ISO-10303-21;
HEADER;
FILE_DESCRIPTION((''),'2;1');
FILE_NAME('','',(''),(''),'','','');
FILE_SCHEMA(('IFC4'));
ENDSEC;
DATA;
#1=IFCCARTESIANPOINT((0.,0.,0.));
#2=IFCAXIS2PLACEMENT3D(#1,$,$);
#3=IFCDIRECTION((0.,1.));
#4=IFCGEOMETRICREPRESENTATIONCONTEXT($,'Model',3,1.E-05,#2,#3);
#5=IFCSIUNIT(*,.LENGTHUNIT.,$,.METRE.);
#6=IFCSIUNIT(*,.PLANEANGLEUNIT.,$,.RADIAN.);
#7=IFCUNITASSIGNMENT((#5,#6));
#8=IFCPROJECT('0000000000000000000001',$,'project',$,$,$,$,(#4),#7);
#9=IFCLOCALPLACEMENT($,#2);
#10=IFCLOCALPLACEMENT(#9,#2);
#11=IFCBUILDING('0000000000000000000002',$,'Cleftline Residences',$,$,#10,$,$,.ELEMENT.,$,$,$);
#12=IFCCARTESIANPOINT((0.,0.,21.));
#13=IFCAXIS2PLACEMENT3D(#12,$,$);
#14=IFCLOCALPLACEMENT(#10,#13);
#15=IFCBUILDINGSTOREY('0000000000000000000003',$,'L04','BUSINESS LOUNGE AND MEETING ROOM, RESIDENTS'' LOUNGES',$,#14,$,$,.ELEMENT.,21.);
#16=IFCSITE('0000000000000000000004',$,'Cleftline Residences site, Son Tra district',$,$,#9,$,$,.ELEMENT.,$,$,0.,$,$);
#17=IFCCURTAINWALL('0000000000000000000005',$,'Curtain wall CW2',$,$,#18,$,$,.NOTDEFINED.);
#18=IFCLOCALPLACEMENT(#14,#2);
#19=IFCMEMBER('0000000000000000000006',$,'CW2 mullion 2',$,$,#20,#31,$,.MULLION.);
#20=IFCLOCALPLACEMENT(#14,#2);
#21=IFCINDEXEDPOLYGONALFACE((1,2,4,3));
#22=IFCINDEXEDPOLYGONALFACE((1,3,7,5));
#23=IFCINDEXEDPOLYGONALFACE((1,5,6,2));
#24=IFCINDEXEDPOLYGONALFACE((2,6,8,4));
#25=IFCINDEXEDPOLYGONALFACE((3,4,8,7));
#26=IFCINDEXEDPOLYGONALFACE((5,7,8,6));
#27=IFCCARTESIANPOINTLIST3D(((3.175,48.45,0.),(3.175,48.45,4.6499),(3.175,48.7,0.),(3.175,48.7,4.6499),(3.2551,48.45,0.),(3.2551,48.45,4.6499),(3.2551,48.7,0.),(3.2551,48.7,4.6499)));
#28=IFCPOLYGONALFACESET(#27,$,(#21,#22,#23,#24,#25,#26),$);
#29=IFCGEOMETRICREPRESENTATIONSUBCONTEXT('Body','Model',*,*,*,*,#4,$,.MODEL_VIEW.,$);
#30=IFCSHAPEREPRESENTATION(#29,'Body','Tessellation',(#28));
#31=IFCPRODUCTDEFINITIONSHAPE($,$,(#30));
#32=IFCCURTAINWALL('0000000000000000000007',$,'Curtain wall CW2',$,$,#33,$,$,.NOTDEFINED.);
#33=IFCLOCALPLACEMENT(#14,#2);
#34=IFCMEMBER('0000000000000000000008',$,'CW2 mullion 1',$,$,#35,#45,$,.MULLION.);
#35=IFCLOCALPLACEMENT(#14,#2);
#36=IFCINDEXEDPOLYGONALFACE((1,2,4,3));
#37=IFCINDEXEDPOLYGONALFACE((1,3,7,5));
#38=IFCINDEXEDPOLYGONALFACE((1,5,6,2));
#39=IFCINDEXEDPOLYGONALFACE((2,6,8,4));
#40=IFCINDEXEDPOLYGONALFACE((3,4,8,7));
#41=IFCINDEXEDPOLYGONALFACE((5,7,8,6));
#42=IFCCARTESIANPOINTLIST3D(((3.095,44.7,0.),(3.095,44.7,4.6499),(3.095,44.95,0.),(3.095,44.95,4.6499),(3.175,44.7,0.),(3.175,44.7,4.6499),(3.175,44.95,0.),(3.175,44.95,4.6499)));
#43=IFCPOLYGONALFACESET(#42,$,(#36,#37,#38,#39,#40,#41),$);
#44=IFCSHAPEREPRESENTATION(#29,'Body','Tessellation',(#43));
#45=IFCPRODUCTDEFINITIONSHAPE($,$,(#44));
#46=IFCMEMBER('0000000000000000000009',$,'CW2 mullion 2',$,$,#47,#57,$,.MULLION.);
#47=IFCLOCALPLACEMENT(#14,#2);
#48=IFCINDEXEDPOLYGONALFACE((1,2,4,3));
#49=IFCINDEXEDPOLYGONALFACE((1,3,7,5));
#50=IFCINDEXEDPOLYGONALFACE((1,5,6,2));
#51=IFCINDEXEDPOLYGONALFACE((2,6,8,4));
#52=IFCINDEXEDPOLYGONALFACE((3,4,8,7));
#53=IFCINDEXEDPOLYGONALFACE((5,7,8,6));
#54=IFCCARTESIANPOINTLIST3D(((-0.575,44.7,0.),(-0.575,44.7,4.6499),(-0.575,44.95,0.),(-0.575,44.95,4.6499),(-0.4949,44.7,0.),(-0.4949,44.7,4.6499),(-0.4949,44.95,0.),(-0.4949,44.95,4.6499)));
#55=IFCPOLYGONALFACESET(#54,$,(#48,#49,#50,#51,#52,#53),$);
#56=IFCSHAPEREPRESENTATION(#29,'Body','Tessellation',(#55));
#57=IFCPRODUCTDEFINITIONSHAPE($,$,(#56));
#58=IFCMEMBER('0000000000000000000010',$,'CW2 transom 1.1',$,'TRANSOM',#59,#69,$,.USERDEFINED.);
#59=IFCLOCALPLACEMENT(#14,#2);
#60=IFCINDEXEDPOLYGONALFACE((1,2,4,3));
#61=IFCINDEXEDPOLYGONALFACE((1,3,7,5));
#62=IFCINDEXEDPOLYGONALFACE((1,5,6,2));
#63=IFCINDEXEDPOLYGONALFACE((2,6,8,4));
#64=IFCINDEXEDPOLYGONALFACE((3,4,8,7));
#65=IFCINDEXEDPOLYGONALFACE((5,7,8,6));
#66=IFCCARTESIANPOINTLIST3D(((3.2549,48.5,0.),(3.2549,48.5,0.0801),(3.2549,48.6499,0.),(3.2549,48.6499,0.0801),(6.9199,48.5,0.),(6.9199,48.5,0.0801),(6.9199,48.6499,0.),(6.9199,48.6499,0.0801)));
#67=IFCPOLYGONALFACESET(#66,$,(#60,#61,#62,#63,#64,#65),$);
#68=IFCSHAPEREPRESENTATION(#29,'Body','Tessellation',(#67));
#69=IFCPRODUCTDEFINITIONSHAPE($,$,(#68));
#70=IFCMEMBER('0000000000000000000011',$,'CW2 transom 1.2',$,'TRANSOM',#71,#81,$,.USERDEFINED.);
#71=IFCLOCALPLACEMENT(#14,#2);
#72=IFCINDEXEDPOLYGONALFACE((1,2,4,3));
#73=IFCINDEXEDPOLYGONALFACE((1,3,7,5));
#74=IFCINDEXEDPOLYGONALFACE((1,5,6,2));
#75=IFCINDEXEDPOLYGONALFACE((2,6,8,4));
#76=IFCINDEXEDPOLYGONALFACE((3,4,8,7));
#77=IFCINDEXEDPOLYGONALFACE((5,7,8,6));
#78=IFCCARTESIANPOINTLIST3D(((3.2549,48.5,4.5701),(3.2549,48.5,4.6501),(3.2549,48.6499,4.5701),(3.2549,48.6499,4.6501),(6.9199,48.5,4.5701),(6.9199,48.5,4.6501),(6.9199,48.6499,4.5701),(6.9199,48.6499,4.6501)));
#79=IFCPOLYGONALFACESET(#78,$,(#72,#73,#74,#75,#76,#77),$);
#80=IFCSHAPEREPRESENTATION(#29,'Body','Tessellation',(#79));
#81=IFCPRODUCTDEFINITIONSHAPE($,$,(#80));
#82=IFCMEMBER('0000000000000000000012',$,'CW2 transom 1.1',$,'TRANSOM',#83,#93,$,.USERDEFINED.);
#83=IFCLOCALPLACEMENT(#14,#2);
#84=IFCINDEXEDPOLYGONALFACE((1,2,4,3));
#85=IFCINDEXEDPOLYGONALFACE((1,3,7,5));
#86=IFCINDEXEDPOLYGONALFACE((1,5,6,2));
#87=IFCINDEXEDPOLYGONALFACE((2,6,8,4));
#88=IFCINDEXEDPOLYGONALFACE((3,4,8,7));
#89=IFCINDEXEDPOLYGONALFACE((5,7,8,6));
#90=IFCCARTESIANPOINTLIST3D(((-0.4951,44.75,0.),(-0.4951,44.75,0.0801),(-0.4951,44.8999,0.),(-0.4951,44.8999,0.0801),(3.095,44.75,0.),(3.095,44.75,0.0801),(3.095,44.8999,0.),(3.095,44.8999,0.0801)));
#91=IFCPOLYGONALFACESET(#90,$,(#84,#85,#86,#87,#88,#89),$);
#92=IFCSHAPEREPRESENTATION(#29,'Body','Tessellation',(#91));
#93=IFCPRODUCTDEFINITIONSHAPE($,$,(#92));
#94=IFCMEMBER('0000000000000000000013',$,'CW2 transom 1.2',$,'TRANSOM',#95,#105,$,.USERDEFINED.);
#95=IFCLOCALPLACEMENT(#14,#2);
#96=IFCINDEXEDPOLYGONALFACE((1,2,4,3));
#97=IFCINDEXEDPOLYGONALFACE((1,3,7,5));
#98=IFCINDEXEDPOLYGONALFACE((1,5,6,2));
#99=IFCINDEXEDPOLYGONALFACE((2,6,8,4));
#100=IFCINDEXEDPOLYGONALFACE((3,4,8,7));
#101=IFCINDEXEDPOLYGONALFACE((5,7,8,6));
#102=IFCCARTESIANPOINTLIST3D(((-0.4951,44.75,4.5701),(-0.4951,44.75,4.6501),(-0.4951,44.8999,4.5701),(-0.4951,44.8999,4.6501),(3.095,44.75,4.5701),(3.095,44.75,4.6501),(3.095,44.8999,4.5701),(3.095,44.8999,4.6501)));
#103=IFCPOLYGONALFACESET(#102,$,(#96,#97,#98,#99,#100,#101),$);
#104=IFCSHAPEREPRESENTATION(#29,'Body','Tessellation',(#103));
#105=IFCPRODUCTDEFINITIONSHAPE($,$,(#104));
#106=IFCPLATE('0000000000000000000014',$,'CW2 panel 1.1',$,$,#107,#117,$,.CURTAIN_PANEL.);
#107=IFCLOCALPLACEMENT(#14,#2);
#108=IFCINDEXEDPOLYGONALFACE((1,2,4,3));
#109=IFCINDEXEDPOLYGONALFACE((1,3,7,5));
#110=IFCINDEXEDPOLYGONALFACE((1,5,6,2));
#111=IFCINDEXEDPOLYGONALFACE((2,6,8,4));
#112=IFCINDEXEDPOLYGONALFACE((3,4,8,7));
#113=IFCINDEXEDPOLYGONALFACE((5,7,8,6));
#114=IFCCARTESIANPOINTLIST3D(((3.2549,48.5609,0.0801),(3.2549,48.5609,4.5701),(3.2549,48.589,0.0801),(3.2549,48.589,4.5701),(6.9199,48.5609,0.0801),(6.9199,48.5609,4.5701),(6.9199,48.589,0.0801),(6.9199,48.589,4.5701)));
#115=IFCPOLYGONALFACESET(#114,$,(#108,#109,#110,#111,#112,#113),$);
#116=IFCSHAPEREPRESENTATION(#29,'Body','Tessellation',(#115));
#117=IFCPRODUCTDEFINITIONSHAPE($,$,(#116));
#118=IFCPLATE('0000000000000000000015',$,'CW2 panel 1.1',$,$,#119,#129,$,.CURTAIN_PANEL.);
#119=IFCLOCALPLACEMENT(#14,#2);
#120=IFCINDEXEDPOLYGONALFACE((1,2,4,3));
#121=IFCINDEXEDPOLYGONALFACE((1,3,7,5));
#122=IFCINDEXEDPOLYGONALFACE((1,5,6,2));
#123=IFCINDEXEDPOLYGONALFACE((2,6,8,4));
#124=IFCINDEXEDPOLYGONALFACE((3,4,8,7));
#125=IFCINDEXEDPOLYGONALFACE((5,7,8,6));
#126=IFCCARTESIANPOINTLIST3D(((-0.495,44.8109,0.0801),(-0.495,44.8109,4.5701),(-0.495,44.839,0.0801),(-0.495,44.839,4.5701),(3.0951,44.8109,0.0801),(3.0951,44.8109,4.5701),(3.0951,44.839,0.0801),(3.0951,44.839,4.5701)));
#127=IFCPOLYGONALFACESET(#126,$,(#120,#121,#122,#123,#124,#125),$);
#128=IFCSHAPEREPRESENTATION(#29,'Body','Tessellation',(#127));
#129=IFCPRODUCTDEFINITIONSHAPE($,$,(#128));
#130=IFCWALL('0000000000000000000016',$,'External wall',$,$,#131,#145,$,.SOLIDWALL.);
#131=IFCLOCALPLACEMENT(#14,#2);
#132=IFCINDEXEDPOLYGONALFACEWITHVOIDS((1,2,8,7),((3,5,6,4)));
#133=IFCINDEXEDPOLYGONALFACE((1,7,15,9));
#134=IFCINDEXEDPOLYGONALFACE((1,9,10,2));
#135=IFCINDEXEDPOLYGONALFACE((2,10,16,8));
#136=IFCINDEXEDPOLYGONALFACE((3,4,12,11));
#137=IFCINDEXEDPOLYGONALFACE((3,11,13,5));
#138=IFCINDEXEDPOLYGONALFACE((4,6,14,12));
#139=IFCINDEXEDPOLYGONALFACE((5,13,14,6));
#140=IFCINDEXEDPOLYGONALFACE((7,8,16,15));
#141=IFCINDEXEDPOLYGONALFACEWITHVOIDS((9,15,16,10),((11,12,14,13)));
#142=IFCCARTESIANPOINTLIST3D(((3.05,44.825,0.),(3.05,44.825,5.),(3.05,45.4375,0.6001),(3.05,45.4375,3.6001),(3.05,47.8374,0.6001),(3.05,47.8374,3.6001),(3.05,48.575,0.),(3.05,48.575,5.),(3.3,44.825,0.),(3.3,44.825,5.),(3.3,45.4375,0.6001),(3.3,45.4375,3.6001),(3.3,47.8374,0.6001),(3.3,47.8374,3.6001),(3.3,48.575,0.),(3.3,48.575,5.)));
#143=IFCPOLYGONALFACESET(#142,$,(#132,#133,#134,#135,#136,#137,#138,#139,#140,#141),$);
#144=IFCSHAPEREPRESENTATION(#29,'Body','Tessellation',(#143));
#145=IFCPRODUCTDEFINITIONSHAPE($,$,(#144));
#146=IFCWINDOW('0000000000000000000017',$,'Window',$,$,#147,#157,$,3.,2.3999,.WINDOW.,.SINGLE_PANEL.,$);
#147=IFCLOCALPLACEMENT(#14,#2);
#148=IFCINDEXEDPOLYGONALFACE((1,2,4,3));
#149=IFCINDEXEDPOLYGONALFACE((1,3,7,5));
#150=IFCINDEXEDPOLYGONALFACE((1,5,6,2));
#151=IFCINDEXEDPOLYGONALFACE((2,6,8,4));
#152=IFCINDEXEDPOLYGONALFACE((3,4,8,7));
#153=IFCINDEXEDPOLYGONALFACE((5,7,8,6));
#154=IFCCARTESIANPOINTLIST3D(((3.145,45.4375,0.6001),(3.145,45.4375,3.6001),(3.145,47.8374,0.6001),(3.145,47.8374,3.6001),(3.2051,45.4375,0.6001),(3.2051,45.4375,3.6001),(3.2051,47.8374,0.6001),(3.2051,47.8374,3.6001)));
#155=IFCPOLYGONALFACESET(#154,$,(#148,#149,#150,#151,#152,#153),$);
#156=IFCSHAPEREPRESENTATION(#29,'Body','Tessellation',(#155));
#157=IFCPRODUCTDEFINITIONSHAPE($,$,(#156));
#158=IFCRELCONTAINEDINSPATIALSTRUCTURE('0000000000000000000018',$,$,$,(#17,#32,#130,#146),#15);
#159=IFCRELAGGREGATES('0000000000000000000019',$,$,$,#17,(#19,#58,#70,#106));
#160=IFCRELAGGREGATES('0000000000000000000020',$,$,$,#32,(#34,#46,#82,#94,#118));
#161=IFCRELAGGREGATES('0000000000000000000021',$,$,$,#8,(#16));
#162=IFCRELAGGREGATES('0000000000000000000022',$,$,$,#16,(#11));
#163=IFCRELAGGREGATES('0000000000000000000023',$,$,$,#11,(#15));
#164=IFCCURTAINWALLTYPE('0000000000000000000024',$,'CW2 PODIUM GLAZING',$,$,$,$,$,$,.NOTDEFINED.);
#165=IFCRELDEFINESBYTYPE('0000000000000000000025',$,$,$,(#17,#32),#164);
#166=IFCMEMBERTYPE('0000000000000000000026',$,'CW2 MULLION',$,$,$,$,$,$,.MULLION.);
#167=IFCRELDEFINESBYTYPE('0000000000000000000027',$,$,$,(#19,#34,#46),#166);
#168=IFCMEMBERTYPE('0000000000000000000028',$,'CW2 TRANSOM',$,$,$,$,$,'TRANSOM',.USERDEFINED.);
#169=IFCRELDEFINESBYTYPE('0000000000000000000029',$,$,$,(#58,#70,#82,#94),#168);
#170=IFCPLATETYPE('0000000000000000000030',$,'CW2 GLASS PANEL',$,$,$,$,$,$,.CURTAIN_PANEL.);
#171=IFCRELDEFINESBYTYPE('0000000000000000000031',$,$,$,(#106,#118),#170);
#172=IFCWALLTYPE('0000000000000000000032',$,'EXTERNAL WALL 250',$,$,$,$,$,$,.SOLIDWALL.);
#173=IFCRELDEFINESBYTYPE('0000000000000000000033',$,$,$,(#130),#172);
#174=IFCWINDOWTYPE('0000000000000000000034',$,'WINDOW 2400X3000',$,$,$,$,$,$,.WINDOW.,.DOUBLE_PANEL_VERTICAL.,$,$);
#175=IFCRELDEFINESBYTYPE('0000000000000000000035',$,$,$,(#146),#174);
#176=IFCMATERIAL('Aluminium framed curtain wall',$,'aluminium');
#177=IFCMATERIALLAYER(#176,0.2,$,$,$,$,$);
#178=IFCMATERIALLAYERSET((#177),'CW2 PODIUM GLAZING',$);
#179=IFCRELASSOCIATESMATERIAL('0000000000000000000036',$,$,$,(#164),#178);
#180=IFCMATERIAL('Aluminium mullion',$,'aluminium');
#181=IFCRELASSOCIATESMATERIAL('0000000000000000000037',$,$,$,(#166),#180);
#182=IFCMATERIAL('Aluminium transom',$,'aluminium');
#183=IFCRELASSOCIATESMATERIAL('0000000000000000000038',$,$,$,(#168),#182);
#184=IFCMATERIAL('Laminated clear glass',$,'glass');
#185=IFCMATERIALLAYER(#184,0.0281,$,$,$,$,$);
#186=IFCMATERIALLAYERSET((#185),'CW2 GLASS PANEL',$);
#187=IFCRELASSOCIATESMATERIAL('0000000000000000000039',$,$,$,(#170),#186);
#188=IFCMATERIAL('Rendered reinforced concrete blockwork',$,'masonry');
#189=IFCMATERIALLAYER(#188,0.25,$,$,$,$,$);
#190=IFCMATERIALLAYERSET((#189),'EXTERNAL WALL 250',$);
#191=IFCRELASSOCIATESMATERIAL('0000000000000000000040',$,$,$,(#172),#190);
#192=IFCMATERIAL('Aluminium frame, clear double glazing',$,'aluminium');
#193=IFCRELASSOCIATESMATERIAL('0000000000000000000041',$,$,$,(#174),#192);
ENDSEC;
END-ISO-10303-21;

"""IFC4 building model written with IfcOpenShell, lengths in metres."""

from ifc_helpers import new_model, si_unit, direction, frame, frame_2d, origin, origin_2d, place, context, subcontext, project, spatial, rectangle, extrude, material, layer, layer_set, material_profile, profile_set, type_object, element, fill, aggregate, save


model = new_model("IFC4")

# Units and contexts
model_context = context("Model", 3, precision=1e-05, world=origin(), true_north=direction((0.0, 1.0)))
body_context = subcontext(model_context, "Body", "Model", "MODEL_VIEW")
ifc_project = project(units=[si_unit("LENGTHUNIT", "METRE"), si_unit("PLANEANGLEUNIT", "RADIAN")], contexts=[model_context])

# Site, building, storey
site_placement = place(None, origin())
site = spatial("IfcSite", under=ifc_project, at=site_placement, Name="Cleftline Residences site, Son Tra district", CompositionType="ELEMENT", RefElevation=0.0)
building_placement = place(site_placement, origin())
building = spatial("IfcBuilding", under=site, at=building_placement, Name="Cleftline Residences", CompositionType="ELEMENT")
storey_placement = place(building_placement, frame((0.0, 0.0, 21.0)))
storey = spatial("IfcBuildingStorey", under=building, at=storey_placement, Name="L04", Description="BUSINESS LOUNGE AND MEETING ROOM, RESIDENTS' LOUNGES", CompositionType="ELEMENT", Elevation=21.0)

# Curtain wall, member
ifc_material_1 = material(Name="Aluminium framed curtain wall", Category="aluminium")
ifc_layer_1 = layer(ifc_material_1, 0.2)
ifc_layer_set_1 = layer_set([ifc_layer_1], Name="CW2 PODIUM GLAZING")
curtain_wall_type = type_object("IfcCurtainWallType", Name="CW2 PODIUM GLAZING", PredefinedType="NOTDEFINED", material=ifc_layer_set_1)
curtain_wall_1_placement = place(storey_placement, origin())
curtain_wall_1 = element("IfcCurtainWall", 1, at=curtain_wall_1_placement, inside=storey, type_object=curtain_wall_type, Name="Curtain wall CW2", PredefinedType="NOTDEFINED")
ifc_material_2 = material(Name="Aluminium mullion", Category="aluminium")
ifc_material_profile_1 = material_profile(ifc_material_2, rectangle(XDim=0.25, YDim=0.0801, at=origin_2d()))
ifc_profile_set_1 = profile_set([ifc_material_profile_1], Name="Aluminium mullion")
member_type_1 = type_object("IfcMemberType", Name="CW2 MULLION", PredefinedType="MULLION", material=ifc_profile_set_1)
member_1_placement = place(storey_placement, frame((3.2151, 48.575, 0.0), z_axis=(0.0, 0.0, 1.0), x_axis=(0.0, -1.0, 0.0)))
member_1 = element("IfcMember", 2, at=member_1_placement, type_object=member_type_1, Name="CW2 mullion 2", PredefinedType="MULLION", context=body_context, shape_type="SweptSolid", body=[
    extrude(rectangle(XDim=0.25, YDim=0.0801, at=origin_2d()), origin(), (0.0, 0.0, 1.0), 4.6499),
])

# Curtain wall, members
curtain_wall_2_placement = place(storey_placement, origin())
curtain_wall_2 = element("IfcCurtainWall", 3, at=curtain_wall_2_placement, inside=storey, type_object=curtain_wall_type, Name="Curtain wall CW2", PredefinedType="NOTDEFINED")
member_2_placement = place(storey_placement, frame((3.135, 44.825, 0.0), z_axis=(0.0, 0.0, 1.0), x_axis=(0.0, -1.0, 0.0)))
member_2 = element("IfcMember", 4, at=member_2_placement, type_object=member_type_1, Name="CW2 mullion 1", PredefinedType="MULLION", context=body_context, shape_type="SweptSolid", body=[
    extrude(rectangle(XDim=0.25, YDim=0.0801, at=origin_2d()), origin(), (0.0, 0.0, 1.0), 4.6499),
])
member_3_placement = place(storey_placement, frame((-0.5349, 44.825, 0.0), z_axis=(0.0, 0.0, 1.0), x_axis=(0.0, -1.0, 0.0)))
member_3 = element("IfcMember", 5, at=member_3_placement, type_object=member_type_1, Name="CW2 mullion 2", PredefinedType="MULLION", context=body_context, shape_type="SweptSolid", body=[
    extrude(rectangle(XDim=0.25, YDim=0.0801, at=origin_2d()), origin(), (0.0, 0.0, 1.0), 4.6499),
])

# Members
ifc_material_3 = material(Name="Aluminium transom", Category="aluminium")
ifc_material_profile_2 = material_profile(ifc_material_3, rectangle(XDim=0.1499, YDim=0.0801, at=origin_2d()))
ifc_profile_set_2 = profile_set([ifc_material_profile_2], Name="Aluminium transom")
member_type_2 = type_object("IfcMemberType", Name="CW2 TRANSOM", ElementType="TRANSOM", PredefinedType="USERDEFINED", material=ifc_profile_set_2)
member_4_placement = place(storey_placement, frame((6.9199, 48.575, 0.04), z_axis=(-1.0, 0.0, 0.0), x_axis=(0.0, -1.0, 0.0)))
member_4 = element("IfcMember", 6, at=member_4_placement, type_object=member_type_2, Name="CW2 transom 1.1", ObjectType="TRANSOM", PredefinedType="USERDEFINED", context=body_context, shape_type="SweptSolid", body=[
    extrude(rectangle(XDim=0.1499, YDim=0.0801, at=origin_2d()), origin(), (0.0, 0.0, 1.0), 3.665),
])
member_5_placement = place(storey_placement, frame((6.9199, 48.575, 4.6101), z_axis=(-1.0, 0.0, 0.0), x_axis=(0.0, -1.0, 0.0)))
member_5 = element("IfcMember", 7, at=member_5_placement, type_object=member_type_2, Name="CW2 transom 1.2", ObjectType="TRANSOM", PredefinedType="USERDEFINED", context=body_context, shape_type="SweptSolid", body=[
    extrude(rectangle(XDim=0.1499, YDim=0.0801, at=origin_2d()), origin(), (0.0, 0.0, 1.0), 3.665),
])
member_6_placement = place(storey_placement, frame((3.095, 44.825, 0.04), z_axis=(-1.0, 0.0, 0.0), x_axis=(0.0, -1.0, 0.0)))
member_6 = element("IfcMember", 8, at=member_6_placement, type_object=member_type_2, Name="CW2 transom 1.1", ObjectType="TRANSOM", PredefinedType="USERDEFINED", context=body_context, shape_type="SweptSolid", body=[
    extrude(rectangle(XDim=0.1499, YDim=0.0801, at=origin_2d()), origin(), (0.0, 0.0, 1.0), 3.5901),
])
member_7_placement = place(storey_placement, frame((3.095, 44.825, 4.6101), z_axis=(-1.0, 0.0, 0.0), x_axis=(0.0, -1.0, 0.0)))
member_7 = element("IfcMember", 9, at=member_7_placement, type_object=member_type_2, Name="CW2 transom 1.2", ObjectType="TRANSOM", PredefinedType="USERDEFINED", context=body_context, shape_type="SweptSolid", body=[
    extrude(rectangle(XDim=0.1499, YDim=0.0801, at=origin_2d()), origin(), (0.0, 0.0, 1.0), 3.5901),
])

# Plates
ifc_material_4 = material(Name="Laminated clear glass", Category="glass")
ifc_layer_2 = layer(ifc_material_4, 0.0281)
ifc_layer_set_2 = layer_set([ifc_layer_2], Name="CW2 GLASS PANEL")
plate_type = type_object("IfcPlateType", Name="CW2 GLASS PANEL", PredefinedType="CURTAIN_PANEL", material=ifc_layer_set_2)
plate_1_placement = place(storey_placement, frame((5.0874, 48.575, 0.0801), z_axis=(0.0, 0.0, 1.0), x_axis=(-1.0, 0.0, 0.0)))
plate_1 = element("IfcPlate", 10, at=plate_1_placement, type_object=plate_type, Name="CW2 panel 1.1", PredefinedType="CURTAIN_PANEL", context=body_context, shape_type="SweptSolid", body=[
    extrude(rectangle(XDim=3.665, YDim=0.0281, at=origin_2d()), origin(), (0.0, 0.0, 1.0), 4.49),
])
aggregate(curtain_wall_1, [member_1, member_4, member_5, plate_1])
plate_2_placement = place(storey_placement, frame((1.3, 44.825, 0.0801), z_axis=(0.0, 0.0, 1.0), x_axis=(-1.0, 0.0, 0.0)))
plate_2 = element("IfcPlate", 11, at=plate_2_placement, type_object=plate_type, Name="CW2 panel 1.1", PredefinedType="CURTAIN_PANEL", context=body_context, shape_type="SweptSolid", body=[
    extrude(rectangle(XDim=3.5901, YDim=0.0281, at=origin_2d()), origin(), (0.0, 0.0, 1.0), 4.49),
])
aggregate(curtain_wall_2, [member_2, member_3, member_6, member_7, plate_2])

# Wall, opening, window
ifc_material_5 = material(Name="Rendered reinforced concrete blockwork", Category="masonry")
ifc_layer_3 = layer(ifc_material_5, 0.25)
ifc_layer_set_3 = layer_set([ifc_layer_3], Name="EXTERNAL WALL 250")
wall_type = type_object("IfcWallType", Name="EXTERNAL WALL 250", PredefinedType="SOLIDWALL", material=ifc_layer_set_3)
wall_1_placement = place(storey_placement, frame((3.175, 48.575, 0.0), z_axis=(0.0, 0.0, 1.0), x_axis=(0.0, -1.0, 0.0)))
wall_1 = element("IfcWall", 12, at=wall_1_placement, inside=storey, type_object=wall_type, Name="External wall", PredefinedType="SOLIDWALL", context=body_context, shape_type="SweptSolid", body=[
    extrude(rectangle(XDim=3.75, YDim=0.25, at=frame_2d((1.875, 0.0))), origin(), (0.0, 0.0, 1.0), 5.0),
])
opening_1_placement = place(wall_1_placement, frame((0.7375, 0.0, 0.6001)))
opening_1 = element("IfcOpeningElement", 13, at=opening_1_placement, cuts=wall_1, PredefinedType="OPENING", context=body_context, shape_type="SweptSolid", body=[
    extrude(rectangle(XDim=2.3999, YDim=3.0, at=frame_2d((1.2, 1.5))), frame((0.0, 0.135, 0.0), z_axis=(0.0, -1.0, 0.0), x_axis=(1.0, 0.0, 0.0)), (0.0, 0.0, 1.0), 0.27),
])
ifc_material_6 = material(Name="Aluminium frame, clear double glazing", Category="aluminium")
window_type_1 = type_object("IfcWindowType", Name="WINDOW 2400X3000", PartitioningType="DOUBLE_PANEL_VERTICAL", PredefinedType="WINDOW", material=ifc_material_6)
window_1_placement = place(opening_1_placement, origin())
window_1 = element("IfcWindow", 14, at=window_1_placement, inside=storey, type_object=window_type_1, Name="Window", OverallHeight=3.0, OverallWidth=2.3999, PartitioningType="SINGLE_PANEL", PredefinedType="WINDOW", context=body_context, shape_type="SweptSolid", body=[
    extrude(rectangle(XDim=2.3999, YDim=3.0, at=frame_2d((1.2, 1.5))), frame((0.0, 0.03, 0.0), z_axis=(0.0, -1.0, 0.0), x_axis=(1.0, 0.0, 0.0)), (0.0, 0.0, 1.0), 0.0601),
])
fill(opening_1, window_1)

save(model, "model.ifc")
